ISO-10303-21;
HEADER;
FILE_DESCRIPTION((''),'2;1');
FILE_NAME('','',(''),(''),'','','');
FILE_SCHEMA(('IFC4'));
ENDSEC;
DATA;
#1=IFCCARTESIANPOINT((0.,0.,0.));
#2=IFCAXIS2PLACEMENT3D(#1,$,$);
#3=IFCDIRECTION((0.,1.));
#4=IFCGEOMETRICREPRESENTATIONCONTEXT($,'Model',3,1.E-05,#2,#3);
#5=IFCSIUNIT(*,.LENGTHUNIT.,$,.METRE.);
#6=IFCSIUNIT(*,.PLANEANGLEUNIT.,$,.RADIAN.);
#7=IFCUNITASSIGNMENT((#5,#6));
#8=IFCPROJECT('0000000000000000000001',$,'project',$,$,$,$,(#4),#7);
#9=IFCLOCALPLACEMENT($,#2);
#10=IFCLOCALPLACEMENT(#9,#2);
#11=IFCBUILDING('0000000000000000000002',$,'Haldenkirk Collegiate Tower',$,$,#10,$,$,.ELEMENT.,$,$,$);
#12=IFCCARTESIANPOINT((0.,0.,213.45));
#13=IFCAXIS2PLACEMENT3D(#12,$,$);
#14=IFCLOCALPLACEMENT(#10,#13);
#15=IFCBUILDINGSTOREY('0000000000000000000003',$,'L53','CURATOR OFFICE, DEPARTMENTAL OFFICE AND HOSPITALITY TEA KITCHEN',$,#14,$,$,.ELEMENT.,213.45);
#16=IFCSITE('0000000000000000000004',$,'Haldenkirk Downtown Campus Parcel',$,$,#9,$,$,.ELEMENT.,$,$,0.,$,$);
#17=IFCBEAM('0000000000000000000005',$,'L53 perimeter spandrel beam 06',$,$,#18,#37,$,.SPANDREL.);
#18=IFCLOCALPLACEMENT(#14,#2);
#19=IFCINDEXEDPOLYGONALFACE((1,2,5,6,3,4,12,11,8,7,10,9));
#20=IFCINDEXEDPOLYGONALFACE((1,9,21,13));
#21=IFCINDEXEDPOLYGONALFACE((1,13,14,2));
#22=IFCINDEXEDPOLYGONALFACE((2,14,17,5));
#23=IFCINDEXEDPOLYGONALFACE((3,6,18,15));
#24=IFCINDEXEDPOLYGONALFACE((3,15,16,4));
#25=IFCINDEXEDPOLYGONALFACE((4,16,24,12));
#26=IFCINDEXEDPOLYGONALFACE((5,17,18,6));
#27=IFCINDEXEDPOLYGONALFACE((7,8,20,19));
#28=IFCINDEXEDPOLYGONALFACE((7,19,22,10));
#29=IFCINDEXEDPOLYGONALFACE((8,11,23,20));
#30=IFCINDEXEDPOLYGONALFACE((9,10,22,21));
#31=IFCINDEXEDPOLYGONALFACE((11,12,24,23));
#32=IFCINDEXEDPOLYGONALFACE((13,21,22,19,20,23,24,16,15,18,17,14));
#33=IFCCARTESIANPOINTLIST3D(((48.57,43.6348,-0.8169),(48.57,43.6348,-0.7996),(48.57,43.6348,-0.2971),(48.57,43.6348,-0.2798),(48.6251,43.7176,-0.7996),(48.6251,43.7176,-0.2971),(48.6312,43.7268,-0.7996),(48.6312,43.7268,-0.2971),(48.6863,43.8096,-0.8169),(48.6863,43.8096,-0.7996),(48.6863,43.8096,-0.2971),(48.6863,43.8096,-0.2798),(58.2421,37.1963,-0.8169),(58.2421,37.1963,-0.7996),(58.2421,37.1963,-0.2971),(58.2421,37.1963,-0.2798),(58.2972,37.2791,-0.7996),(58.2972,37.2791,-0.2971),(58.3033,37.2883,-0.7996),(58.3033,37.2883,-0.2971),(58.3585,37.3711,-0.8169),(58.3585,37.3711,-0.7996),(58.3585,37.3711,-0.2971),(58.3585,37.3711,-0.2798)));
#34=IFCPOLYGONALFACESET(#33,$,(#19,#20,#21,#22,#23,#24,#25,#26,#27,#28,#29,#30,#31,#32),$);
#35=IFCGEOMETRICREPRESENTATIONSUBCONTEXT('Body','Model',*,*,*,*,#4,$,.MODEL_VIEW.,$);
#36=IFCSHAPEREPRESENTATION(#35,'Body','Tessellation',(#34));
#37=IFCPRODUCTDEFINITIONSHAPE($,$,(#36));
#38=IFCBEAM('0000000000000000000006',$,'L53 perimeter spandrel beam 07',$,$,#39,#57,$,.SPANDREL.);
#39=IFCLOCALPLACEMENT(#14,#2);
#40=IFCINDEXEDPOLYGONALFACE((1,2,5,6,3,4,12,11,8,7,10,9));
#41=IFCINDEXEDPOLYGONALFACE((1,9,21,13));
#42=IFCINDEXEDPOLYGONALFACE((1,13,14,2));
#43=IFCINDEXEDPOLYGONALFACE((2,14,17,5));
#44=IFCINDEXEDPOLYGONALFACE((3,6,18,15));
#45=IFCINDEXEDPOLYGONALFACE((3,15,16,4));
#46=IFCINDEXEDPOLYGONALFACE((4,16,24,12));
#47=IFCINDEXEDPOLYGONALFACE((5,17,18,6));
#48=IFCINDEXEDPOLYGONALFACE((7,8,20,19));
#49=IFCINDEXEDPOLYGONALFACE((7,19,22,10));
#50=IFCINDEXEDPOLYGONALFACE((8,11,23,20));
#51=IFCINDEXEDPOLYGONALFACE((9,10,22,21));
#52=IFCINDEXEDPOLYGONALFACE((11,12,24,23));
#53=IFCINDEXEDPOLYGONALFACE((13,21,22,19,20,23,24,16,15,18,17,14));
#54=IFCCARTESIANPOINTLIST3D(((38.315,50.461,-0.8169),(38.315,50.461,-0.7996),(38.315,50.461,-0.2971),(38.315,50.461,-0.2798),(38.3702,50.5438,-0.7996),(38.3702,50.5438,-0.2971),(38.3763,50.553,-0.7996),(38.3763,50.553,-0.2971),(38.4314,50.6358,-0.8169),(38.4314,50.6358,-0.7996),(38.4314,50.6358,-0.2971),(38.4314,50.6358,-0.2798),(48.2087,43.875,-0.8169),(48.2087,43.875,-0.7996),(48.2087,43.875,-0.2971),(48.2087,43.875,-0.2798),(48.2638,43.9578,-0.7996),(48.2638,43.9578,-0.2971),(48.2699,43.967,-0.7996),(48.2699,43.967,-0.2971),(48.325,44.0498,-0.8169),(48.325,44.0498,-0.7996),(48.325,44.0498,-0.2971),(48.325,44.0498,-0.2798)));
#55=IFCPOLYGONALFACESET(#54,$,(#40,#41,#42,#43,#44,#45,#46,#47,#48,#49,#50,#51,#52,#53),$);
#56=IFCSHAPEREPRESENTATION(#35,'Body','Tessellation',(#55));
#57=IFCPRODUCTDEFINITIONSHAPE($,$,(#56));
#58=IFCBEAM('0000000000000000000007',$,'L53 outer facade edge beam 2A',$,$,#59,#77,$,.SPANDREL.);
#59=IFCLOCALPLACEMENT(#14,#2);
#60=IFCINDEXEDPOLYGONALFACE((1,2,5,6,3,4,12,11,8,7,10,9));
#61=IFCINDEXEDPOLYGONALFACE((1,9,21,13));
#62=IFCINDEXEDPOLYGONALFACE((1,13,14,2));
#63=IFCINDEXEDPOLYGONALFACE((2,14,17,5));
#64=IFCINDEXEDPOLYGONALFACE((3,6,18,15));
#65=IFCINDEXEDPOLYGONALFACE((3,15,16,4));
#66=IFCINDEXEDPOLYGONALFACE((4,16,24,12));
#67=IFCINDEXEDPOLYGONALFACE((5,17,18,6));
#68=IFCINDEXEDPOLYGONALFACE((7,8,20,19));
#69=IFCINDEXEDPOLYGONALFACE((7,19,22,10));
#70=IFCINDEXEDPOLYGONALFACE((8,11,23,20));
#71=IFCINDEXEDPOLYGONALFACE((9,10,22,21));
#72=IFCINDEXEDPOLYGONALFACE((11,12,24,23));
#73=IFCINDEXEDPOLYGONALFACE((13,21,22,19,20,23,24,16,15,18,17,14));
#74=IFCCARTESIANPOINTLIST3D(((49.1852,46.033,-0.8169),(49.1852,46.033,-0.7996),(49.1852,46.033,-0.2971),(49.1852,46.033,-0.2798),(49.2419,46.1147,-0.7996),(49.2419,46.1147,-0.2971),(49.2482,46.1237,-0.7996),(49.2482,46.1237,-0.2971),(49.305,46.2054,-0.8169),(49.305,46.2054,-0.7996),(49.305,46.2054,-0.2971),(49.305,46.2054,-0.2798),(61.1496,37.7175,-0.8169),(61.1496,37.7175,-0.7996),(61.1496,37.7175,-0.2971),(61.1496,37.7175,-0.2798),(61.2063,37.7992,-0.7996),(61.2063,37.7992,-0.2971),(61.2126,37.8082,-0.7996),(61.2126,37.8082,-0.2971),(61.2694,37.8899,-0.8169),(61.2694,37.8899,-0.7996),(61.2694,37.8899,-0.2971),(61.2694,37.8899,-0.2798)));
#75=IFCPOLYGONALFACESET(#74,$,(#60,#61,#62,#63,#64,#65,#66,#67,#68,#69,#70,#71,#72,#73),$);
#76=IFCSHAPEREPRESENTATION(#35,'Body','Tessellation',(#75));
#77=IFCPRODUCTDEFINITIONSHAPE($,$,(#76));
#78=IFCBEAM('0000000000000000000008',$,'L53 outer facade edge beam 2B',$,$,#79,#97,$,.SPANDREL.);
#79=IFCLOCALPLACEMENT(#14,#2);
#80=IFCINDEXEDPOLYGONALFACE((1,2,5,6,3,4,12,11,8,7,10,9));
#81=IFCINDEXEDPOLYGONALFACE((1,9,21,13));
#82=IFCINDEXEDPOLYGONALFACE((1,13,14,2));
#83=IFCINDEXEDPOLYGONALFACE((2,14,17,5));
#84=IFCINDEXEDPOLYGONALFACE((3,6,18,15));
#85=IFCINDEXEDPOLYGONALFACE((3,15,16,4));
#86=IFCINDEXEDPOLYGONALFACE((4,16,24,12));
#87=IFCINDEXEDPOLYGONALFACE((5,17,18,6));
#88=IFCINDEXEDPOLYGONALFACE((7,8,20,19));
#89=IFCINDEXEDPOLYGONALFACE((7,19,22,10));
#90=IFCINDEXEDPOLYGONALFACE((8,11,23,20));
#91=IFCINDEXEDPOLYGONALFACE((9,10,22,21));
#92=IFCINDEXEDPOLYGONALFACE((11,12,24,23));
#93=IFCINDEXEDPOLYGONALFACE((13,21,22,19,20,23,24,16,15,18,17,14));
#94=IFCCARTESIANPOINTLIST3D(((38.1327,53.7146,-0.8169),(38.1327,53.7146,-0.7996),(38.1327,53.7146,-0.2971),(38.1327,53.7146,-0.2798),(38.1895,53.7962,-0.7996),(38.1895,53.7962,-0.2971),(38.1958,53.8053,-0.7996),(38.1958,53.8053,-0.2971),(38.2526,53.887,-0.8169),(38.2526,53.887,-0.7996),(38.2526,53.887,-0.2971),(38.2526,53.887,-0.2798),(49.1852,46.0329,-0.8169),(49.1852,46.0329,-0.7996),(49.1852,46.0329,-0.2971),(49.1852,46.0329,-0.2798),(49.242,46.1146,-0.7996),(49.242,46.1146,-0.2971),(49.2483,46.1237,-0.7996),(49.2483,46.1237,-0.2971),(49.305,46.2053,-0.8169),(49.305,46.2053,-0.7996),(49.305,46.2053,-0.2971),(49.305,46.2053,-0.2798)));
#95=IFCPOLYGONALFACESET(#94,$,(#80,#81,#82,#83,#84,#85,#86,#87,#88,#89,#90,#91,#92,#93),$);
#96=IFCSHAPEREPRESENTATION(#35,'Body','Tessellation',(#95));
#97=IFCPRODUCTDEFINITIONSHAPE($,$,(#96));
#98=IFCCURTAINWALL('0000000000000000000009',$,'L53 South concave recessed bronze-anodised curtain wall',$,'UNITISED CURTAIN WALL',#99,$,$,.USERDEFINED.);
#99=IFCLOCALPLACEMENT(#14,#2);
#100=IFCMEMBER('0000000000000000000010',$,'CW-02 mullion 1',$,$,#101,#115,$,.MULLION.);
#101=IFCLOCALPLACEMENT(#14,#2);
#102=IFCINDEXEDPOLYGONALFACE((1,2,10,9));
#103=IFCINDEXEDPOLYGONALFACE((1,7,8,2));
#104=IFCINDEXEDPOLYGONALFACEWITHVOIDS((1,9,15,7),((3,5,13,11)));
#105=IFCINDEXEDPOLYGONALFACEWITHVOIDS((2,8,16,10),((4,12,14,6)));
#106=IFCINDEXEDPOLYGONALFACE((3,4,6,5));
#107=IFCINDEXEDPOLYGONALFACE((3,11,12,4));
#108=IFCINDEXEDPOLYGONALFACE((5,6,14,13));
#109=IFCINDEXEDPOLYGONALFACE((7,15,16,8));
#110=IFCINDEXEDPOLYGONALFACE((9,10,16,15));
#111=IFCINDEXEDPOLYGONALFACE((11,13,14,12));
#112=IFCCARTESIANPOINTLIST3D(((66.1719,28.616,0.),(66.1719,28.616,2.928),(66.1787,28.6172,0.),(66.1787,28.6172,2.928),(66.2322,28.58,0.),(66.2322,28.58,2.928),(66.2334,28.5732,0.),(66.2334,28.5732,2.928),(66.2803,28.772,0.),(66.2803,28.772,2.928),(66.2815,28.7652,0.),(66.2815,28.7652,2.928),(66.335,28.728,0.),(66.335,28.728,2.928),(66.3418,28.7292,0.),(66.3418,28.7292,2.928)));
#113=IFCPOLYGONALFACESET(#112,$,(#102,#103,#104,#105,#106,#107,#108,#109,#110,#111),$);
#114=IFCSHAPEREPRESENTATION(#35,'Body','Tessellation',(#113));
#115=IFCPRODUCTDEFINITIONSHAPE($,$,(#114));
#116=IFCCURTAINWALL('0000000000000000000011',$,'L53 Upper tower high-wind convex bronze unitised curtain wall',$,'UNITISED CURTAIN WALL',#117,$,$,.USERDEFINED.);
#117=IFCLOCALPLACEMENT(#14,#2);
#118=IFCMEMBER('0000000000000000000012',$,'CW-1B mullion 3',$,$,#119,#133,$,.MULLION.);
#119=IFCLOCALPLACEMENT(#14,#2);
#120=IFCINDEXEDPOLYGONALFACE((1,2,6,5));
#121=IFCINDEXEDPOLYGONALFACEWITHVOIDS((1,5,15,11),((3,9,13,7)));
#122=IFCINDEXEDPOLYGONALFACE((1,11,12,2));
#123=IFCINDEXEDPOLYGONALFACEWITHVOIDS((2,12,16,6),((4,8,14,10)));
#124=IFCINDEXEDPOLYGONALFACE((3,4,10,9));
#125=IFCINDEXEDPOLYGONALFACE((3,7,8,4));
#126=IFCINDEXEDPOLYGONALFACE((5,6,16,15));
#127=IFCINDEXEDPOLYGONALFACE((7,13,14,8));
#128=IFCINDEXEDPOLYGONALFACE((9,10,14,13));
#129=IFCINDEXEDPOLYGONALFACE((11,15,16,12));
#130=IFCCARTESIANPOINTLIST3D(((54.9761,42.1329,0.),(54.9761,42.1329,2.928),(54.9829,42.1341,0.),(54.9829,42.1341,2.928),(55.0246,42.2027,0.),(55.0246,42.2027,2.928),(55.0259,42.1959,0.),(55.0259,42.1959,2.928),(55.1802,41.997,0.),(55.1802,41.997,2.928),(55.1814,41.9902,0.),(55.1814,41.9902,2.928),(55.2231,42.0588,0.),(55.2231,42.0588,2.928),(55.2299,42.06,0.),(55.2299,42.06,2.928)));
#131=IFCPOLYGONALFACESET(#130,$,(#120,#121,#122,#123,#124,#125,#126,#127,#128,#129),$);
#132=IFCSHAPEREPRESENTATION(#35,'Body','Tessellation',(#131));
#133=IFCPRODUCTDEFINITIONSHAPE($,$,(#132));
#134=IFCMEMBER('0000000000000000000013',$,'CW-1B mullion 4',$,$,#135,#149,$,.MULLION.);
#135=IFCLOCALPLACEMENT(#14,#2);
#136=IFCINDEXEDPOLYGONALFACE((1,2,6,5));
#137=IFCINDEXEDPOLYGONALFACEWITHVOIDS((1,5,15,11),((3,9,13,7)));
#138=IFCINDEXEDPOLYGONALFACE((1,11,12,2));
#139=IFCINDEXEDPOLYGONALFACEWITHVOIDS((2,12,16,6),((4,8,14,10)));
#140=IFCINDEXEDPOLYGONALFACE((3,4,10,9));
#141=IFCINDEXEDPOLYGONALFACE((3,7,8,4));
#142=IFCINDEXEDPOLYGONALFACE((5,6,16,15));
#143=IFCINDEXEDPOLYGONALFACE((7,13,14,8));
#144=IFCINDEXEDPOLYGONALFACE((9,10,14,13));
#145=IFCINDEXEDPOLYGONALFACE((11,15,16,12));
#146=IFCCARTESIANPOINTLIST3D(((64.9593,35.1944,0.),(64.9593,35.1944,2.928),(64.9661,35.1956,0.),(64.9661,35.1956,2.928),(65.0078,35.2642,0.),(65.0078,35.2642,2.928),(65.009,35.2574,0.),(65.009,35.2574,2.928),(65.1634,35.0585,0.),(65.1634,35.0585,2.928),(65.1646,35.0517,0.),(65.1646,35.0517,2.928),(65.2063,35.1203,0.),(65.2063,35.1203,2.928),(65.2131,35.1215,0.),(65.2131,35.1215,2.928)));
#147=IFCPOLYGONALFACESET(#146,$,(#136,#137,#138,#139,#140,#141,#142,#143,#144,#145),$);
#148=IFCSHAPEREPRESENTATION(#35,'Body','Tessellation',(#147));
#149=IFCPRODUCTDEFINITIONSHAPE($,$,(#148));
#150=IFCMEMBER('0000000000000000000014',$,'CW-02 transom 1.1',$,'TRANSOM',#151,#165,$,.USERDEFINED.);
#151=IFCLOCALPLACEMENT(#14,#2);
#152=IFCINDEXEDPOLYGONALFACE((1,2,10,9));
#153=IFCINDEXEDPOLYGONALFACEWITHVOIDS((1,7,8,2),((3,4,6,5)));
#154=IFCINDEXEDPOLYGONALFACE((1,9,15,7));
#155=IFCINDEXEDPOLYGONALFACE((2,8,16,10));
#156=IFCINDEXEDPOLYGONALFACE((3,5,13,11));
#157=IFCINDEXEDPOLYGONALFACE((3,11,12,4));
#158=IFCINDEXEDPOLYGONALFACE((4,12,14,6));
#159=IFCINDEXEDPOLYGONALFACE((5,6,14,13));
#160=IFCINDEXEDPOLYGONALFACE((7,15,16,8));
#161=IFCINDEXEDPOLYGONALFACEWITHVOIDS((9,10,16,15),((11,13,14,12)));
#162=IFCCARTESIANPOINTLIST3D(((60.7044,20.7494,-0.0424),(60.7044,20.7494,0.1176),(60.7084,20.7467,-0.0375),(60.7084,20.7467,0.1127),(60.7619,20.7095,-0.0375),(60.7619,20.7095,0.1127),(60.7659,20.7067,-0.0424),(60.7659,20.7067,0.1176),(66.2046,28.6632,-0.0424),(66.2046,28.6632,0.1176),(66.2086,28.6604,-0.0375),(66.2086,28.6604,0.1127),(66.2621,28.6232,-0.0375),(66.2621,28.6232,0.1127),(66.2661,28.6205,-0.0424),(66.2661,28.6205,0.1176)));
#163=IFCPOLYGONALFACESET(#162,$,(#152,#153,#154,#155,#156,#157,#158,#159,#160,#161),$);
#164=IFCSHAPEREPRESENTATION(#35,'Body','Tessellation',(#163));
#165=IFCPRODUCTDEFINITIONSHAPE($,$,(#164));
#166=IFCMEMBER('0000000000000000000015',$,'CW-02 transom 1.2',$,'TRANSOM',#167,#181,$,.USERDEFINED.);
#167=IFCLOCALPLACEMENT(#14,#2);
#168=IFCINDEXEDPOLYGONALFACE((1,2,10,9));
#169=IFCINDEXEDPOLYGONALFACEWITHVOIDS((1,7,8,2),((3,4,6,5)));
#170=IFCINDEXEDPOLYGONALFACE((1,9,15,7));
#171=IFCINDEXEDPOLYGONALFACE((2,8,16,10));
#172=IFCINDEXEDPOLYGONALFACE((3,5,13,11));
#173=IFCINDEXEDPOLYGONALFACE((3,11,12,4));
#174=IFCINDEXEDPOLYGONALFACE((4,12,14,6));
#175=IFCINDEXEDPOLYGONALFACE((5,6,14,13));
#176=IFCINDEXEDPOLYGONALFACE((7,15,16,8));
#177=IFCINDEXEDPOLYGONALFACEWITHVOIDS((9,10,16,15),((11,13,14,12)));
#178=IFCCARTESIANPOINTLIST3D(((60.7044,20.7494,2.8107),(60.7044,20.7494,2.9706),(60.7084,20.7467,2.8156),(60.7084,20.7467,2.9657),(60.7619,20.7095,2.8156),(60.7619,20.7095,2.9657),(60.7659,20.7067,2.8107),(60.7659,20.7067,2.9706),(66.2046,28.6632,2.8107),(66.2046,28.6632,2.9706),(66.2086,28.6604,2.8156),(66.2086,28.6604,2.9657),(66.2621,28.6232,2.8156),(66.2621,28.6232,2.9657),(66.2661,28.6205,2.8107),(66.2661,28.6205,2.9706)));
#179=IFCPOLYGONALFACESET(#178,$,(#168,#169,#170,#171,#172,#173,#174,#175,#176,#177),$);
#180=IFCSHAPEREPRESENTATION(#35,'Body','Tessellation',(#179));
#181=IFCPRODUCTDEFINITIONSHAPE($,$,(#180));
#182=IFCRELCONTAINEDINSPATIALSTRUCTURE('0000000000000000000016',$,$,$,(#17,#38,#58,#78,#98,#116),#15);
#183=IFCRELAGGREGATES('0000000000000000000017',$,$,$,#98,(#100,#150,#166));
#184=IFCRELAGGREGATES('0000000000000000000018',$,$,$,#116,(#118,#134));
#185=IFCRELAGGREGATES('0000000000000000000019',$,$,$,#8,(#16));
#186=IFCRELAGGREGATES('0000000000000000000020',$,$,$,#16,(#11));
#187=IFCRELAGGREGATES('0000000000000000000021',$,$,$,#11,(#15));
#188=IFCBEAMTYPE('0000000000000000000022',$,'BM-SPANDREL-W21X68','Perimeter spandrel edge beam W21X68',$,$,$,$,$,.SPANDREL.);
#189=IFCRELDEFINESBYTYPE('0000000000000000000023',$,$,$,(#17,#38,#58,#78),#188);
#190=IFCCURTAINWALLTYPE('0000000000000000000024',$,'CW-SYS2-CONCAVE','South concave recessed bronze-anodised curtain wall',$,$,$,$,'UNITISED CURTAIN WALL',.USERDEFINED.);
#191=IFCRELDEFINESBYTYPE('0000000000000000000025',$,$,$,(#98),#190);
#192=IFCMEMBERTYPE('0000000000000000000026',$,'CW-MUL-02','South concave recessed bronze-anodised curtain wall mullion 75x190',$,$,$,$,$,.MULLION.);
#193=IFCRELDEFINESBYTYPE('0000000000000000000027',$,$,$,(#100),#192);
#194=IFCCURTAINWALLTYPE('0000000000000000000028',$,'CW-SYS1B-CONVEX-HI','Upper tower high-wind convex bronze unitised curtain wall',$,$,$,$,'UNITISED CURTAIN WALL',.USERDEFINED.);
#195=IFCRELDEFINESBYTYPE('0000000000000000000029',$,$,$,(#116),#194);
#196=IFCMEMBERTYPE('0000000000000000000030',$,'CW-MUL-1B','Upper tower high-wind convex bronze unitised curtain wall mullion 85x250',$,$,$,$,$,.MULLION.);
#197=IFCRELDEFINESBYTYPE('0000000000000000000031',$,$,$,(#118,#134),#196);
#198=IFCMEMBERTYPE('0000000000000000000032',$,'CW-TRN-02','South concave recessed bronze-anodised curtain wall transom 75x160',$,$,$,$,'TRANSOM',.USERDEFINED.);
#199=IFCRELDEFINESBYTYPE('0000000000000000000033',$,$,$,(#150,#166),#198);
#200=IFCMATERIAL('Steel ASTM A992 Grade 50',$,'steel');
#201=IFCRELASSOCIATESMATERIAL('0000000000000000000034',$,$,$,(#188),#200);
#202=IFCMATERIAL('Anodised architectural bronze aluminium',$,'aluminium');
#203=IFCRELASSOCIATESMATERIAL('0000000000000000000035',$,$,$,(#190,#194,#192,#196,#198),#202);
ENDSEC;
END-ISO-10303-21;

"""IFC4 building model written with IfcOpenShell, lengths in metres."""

from ifc_helpers import new_model, si_unit, direction, frame, origin, origin_2d, place, context, subcontext, project, spatial, hollow_rectangle, i_section, extrude, material, material_profile, profile_set, type_object, element, aggregate, save


model = new_model("IFC4")

# Units and contexts
model_context = context("Model", 3, precision=1e-05, world=origin(), true_north=direction((0.0, 1.0)))
body_context = subcontext(model_context, "Body", "Model", "MODEL_VIEW")
ifc_project = project(units=[si_unit("LENGTHUNIT", "METRE"), si_unit("PLANEANGLEUNIT", "RADIAN")], contexts=[model_context])

# Site, building, storey
site_placement = place(None, origin())
site = spatial("IfcSite", under=ifc_project, at=site_placement, Name="Haldenkirk Downtown Campus Parcel", CompositionType="ELEMENT", RefElevation=0.0)
building_placement = place(site_placement, origin())
building = spatial("IfcBuilding", under=site, at=building_placement, Name="Haldenkirk Collegiate Tower", CompositionType="ELEMENT")
storey_placement = place(building_placement, frame((0.0, 0.0, 213.45)))
storey = spatial("IfcBuildingStorey", under=building, at=storey_placement, Name="L53", Description="CURATOR OFFICE, DEPARTMENTAL OFFICE AND HOSPITALITY TEA KITCHEN", CompositionType="ELEMENT", Elevation=213.45)

# Beams
ifc_material_1 = material(Name="Steel ASTM A992 Grade 50", Category="steel")
ifc_material_profile_1 = material_profile(ifc_material_1, i_section(OverallWidth=0.21, OverallDepth=0.5371, WebThickness=0.011, FlangeThickness=0.0173, at=origin_2d()), Name="W21X68")
ifc_profile_set_1 = profile_set([ifc_material_profile_1], Name="Steel ASTM A992 Grade 50")
beam_type_1 = type_object("IfcBeamType", Name="BM-SPANDREL-W21X68", Description="Perimeter spandrel edge beam W21X68", PredefinedType="SPANDREL", material=ifc_profile_set_1)
beam_1_placement = place(storey_placement, frame((58.3003, 37.2837, -0.5483), z_axis=(-0.832432, 0.554128, 0.0), x_axis=(-0.554128, -0.832432, 0.0)))
element("IfcBeam", 1, at=beam_1_placement, inside=storey, type_object=beam_type_1, Name="L53 perimeter spandrel beam 06", PredefinedType="SPANDREL", context=body_context, shape_type="SweptSolid", body=[
    extrude(i_section(OverallWidth=0.21, OverallDepth=0.5371, WebThickness=0.011, FlangeThickness=0.0173, at=origin_2d()), origin(), (0.0, 0.0, 1.0), 11.6191),
])
beam_2_placement = place(storey_placement, frame((48.2668, 43.9624, -0.5483), z_axis=(-0.832429, 0.554131, 0.0), x_axis=(-0.554131, -0.832429, 0.0)))
element("IfcBeam", 2, at=beam_2_placement, inside=storey, type_object=beam_type_1, Name="L53 perimeter spandrel beam 07", PredefinedType="SPANDREL", context=body_context, shape_type="SweptSolid", body=[
    extrude(i_section(OverallWidth=0.21, OverallDepth=0.5371, WebThickness=0.011, FlangeThickness=0.0173, at=origin_2d()), origin(), (0.0, 0.0, 1.0), 11.8853),
])
beam_3_placement = place(storey_placement, frame((61.2095, 37.8037, -0.5483), z_axis=(-0.82115, 0.570713, 0.0), x_axis=(-0.570713, -0.82115, 0.0)))
element("IfcBeam", 3, at=beam_3_placement, inside=storey, type_object=beam_type_1, Name="L53 outer facade edge beam 2A", PredefinedType="SPANDREL", context=body_context, shape_type="SweptSolid", body=[
    extrude(i_section(OverallWidth=0.21, OverallDepth=0.5371, WebThickness=0.011, FlangeThickness=0.0173, at=origin_2d()), origin(), (0.0, 0.0, 1.0), 14.5703),
])
beam_4_placement = place(storey_placement, frame((49.2451, 46.1191, -0.5483), z_axis=(-0.821151, 0.570712, 0.0), x_axis=(-0.570712, -0.821151, 0.0)))
element("IfcBeam", 4, at=beam_4_placement, inside=storey, type_object=beam_type_1, Name="L53 outer facade edge beam 2B", PredefinedType="SPANDREL", context=body_context, shape_type="SweptSolid", body=[
    extrude(i_section(OverallWidth=0.21, OverallDepth=0.5371, WebThickness=0.011, FlangeThickness=0.0173, at=origin_2d()), origin(), (0.0, 0.0, 1.0), 13.4597),
])

# Curtain wall, member
ifc_material_2 = material(Name="Anodised architectural bronze aluminium", Category="aluminium")
curtain_wall_type_1 = type_object("IfcCurtainWallType", Name="CW-SYS2-CONCAVE", Description="South concave recessed bronze-anodised curtain wall", ElementType="UNITISED CURTAIN WALL", PredefinedType="USERDEFINED", material=ifc_material_2)
curtain_wall_1_placement = place(storey_placement, origin())
curtain_wall_1 = element("IfcCurtainWall", 5, at=curtain_wall_1_placement, inside=storey, type_object=curtain_wall_type_1, Name="L53 South concave recessed bronze-anodised curtain wall", ObjectType="UNITISED CURTAIN WALL", PredefinedType="USERDEFINED")
ifc_material_profile_2 = material_profile(ifc_material_2, hollow_rectangle(XDim=0.075, YDim=0.1899, WallThickness=0.0049, at=origin_2d()), Name="CW-MUL-02")
ifc_profile_set_2 = profile_set([ifc_material_profile_2], Name="Anodised architectural bronze aluminium")
member_type_1 = type_object("IfcMemberType", Name="CW-MUL-02", Description="South concave recessed bronze-anodised curtain wall mullion 75x190", PredefinedType="MULLION", material=ifc_profile_set_2)
member_1_placement = place(storey_placement, frame((66.2568, 28.6726, 0.0), z_axis=(0.0, 0.0, 1.0), x_axis=(0.821148, -0.570716, 0.0)))
member_1 = element("IfcMember", 6, at=member_1_placement, type_object=member_type_1, Name="CW-02 mullion 1", PredefinedType="MULLION", context=body_context, shape_type="SweptSolid", body=[
    extrude(hollow_rectangle(XDim=0.075, YDim=0.1899, WallThickness=0.0049, at=origin_2d()), origin(), (0.0, 0.0, 1.0), 2.928),
])

# Curtain wall, members
curtain_wall_type_2 = type_object("IfcCurtainWallType", Name="CW-SYS1B-CONVEX-HI", Description="Upper tower high-wind convex bronze unitised curtain wall", ElementType="UNITISED CURTAIN WALL", PredefinedType="USERDEFINED", material=ifc_material_2)
curtain_wall_2_placement = place(storey_placement, origin())
curtain_wall_2 = element("IfcCurtainWall", 7, at=curtain_wall_2_placement, inside=storey, type_object=curtain_wall_type_2, Name="L53 Upper tower high-wind convex bronze unitised curtain wall", ObjectType="UNITISED CURTAIN WALL", PredefinedType="USERDEFINED")
ifc_material_profile_3 = material_profile(ifc_material_2, hollow_rectangle(XDim=0.085, YDim=0.25, WallThickness=0.0049, at=origin_2d()), Name="CW-MUL-1B")
ifc_profile_set_3 = profile_set([ifc_material_profile_3], Name="Anodised architectural bronze aluminium")
member_type_2 = type_object("IfcMemberType", Name="CW-MUL-1B", Description="Upper tower high-wind convex bronze unitised curtain wall mullion 85x250", PredefinedType="MULLION", material=ifc_profile_set_3)
member_2_placement = place(storey_placement, frame((55.103, 42.0964, 0.0), z_axis=(0.0, 0.0, 1.0), x_axis=(0.570713, 0.821149, 0.0)))
member_2 = element("IfcMember", 8, at=member_2_placement, type_object=member_type_2, Name="CW-1B mullion 3", PredefinedType="MULLION", context=body_context, shape_type="SweptSolid", body=[
    extrude(hollow_rectangle(XDim=0.085, YDim=0.25, WallThickness=0.0049, at=origin_2d()), origin(), (0.0, 0.0, 1.0), 2.928),
])
member_3_placement = place(storey_placement, frame((65.0862, 35.158, 0.0), z_axis=(0.0, 0.0, 1.0), x_axis=(0.570713, 0.821149, 0.0)))
member_3 = element("IfcMember", 9, at=member_3_placement, type_object=member_type_2, Name="CW-1B mullion 4", PredefinedType="MULLION", context=body_context, shape_type="SweptSolid", body=[
    extrude(hollow_rectangle(XDim=0.085, YDim=0.25, WallThickness=0.0049, at=origin_2d()), origin(), (0.0, 0.0, 1.0), 2.928),
])

# Members
ifc_material_profile_4 = material_profile(ifc_material_2, hollow_rectangle(XDim=0.075, YDim=0.1599, WallThickness=0.0049, at=origin_2d()), Name="CW-TRN-02")
ifc_profile_set_4 = profile_set([ifc_material_profile_4], Name="Anodised architectural bronze aluminium")
member_type_3 = type_object("IfcMemberType", Name="CW-TRN-02", Description="South concave recessed bronze-anodised curtain wall transom 75x160", ElementType="TRANSOM", PredefinedType="USERDEFINED", material=ifc_profile_set_4)
member_4_placement = place(storey_placement, frame((66.2354, 28.6418, 0.0376), z_axis=(-0.570713, -0.821149, 0.0), x_axis=(0.821149, -0.570713, 0.0)))
member_4 = element("IfcMember", 10, at=member_4_placement, type_object=member_type_3, Name="CW-02 transom 1.1", ObjectType="TRANSOM", PredefinedType="USERDEFINED", context=body_context, shape_type="SweptSolid", body=[
    extrude(hollow_rectangle(XDim=0.075, YDim=0.1599, WallThickness=0.0049, at=origin_2d()), origin(), (0.0, 0.0, 1.0), 9.6375),
])
member_5_placement = place(storey_placement, frame((66.2354, 28.6418, 2.8906), z_axis=(-0.570713, -0.821149, 0.0), x_axis=(0.821149, -0.570713, 0.0)))
member_5 = element("IfcMember", 11, at=member_5_placement, type_object=member_type_3, Name="CW-02 transom 1.2", ObjectType="TRANSOM", PredefinedType="USERDEFINED", context=body_context, shape_type="SweptSolid", body=[
    extrude(hollow_rectangle(XDim=0.075, YDim=0.1599, WallThickness=0.0049, at=origin_2d()), origin(), (0.0, 0.0, 1.0), 9.6375),
])

aggregate(curtain_wall_1, [member_1, member_4, member_5])
aggregate(curtain_wall_2, [member_2, member_3])

save(model, "model.ifc")
